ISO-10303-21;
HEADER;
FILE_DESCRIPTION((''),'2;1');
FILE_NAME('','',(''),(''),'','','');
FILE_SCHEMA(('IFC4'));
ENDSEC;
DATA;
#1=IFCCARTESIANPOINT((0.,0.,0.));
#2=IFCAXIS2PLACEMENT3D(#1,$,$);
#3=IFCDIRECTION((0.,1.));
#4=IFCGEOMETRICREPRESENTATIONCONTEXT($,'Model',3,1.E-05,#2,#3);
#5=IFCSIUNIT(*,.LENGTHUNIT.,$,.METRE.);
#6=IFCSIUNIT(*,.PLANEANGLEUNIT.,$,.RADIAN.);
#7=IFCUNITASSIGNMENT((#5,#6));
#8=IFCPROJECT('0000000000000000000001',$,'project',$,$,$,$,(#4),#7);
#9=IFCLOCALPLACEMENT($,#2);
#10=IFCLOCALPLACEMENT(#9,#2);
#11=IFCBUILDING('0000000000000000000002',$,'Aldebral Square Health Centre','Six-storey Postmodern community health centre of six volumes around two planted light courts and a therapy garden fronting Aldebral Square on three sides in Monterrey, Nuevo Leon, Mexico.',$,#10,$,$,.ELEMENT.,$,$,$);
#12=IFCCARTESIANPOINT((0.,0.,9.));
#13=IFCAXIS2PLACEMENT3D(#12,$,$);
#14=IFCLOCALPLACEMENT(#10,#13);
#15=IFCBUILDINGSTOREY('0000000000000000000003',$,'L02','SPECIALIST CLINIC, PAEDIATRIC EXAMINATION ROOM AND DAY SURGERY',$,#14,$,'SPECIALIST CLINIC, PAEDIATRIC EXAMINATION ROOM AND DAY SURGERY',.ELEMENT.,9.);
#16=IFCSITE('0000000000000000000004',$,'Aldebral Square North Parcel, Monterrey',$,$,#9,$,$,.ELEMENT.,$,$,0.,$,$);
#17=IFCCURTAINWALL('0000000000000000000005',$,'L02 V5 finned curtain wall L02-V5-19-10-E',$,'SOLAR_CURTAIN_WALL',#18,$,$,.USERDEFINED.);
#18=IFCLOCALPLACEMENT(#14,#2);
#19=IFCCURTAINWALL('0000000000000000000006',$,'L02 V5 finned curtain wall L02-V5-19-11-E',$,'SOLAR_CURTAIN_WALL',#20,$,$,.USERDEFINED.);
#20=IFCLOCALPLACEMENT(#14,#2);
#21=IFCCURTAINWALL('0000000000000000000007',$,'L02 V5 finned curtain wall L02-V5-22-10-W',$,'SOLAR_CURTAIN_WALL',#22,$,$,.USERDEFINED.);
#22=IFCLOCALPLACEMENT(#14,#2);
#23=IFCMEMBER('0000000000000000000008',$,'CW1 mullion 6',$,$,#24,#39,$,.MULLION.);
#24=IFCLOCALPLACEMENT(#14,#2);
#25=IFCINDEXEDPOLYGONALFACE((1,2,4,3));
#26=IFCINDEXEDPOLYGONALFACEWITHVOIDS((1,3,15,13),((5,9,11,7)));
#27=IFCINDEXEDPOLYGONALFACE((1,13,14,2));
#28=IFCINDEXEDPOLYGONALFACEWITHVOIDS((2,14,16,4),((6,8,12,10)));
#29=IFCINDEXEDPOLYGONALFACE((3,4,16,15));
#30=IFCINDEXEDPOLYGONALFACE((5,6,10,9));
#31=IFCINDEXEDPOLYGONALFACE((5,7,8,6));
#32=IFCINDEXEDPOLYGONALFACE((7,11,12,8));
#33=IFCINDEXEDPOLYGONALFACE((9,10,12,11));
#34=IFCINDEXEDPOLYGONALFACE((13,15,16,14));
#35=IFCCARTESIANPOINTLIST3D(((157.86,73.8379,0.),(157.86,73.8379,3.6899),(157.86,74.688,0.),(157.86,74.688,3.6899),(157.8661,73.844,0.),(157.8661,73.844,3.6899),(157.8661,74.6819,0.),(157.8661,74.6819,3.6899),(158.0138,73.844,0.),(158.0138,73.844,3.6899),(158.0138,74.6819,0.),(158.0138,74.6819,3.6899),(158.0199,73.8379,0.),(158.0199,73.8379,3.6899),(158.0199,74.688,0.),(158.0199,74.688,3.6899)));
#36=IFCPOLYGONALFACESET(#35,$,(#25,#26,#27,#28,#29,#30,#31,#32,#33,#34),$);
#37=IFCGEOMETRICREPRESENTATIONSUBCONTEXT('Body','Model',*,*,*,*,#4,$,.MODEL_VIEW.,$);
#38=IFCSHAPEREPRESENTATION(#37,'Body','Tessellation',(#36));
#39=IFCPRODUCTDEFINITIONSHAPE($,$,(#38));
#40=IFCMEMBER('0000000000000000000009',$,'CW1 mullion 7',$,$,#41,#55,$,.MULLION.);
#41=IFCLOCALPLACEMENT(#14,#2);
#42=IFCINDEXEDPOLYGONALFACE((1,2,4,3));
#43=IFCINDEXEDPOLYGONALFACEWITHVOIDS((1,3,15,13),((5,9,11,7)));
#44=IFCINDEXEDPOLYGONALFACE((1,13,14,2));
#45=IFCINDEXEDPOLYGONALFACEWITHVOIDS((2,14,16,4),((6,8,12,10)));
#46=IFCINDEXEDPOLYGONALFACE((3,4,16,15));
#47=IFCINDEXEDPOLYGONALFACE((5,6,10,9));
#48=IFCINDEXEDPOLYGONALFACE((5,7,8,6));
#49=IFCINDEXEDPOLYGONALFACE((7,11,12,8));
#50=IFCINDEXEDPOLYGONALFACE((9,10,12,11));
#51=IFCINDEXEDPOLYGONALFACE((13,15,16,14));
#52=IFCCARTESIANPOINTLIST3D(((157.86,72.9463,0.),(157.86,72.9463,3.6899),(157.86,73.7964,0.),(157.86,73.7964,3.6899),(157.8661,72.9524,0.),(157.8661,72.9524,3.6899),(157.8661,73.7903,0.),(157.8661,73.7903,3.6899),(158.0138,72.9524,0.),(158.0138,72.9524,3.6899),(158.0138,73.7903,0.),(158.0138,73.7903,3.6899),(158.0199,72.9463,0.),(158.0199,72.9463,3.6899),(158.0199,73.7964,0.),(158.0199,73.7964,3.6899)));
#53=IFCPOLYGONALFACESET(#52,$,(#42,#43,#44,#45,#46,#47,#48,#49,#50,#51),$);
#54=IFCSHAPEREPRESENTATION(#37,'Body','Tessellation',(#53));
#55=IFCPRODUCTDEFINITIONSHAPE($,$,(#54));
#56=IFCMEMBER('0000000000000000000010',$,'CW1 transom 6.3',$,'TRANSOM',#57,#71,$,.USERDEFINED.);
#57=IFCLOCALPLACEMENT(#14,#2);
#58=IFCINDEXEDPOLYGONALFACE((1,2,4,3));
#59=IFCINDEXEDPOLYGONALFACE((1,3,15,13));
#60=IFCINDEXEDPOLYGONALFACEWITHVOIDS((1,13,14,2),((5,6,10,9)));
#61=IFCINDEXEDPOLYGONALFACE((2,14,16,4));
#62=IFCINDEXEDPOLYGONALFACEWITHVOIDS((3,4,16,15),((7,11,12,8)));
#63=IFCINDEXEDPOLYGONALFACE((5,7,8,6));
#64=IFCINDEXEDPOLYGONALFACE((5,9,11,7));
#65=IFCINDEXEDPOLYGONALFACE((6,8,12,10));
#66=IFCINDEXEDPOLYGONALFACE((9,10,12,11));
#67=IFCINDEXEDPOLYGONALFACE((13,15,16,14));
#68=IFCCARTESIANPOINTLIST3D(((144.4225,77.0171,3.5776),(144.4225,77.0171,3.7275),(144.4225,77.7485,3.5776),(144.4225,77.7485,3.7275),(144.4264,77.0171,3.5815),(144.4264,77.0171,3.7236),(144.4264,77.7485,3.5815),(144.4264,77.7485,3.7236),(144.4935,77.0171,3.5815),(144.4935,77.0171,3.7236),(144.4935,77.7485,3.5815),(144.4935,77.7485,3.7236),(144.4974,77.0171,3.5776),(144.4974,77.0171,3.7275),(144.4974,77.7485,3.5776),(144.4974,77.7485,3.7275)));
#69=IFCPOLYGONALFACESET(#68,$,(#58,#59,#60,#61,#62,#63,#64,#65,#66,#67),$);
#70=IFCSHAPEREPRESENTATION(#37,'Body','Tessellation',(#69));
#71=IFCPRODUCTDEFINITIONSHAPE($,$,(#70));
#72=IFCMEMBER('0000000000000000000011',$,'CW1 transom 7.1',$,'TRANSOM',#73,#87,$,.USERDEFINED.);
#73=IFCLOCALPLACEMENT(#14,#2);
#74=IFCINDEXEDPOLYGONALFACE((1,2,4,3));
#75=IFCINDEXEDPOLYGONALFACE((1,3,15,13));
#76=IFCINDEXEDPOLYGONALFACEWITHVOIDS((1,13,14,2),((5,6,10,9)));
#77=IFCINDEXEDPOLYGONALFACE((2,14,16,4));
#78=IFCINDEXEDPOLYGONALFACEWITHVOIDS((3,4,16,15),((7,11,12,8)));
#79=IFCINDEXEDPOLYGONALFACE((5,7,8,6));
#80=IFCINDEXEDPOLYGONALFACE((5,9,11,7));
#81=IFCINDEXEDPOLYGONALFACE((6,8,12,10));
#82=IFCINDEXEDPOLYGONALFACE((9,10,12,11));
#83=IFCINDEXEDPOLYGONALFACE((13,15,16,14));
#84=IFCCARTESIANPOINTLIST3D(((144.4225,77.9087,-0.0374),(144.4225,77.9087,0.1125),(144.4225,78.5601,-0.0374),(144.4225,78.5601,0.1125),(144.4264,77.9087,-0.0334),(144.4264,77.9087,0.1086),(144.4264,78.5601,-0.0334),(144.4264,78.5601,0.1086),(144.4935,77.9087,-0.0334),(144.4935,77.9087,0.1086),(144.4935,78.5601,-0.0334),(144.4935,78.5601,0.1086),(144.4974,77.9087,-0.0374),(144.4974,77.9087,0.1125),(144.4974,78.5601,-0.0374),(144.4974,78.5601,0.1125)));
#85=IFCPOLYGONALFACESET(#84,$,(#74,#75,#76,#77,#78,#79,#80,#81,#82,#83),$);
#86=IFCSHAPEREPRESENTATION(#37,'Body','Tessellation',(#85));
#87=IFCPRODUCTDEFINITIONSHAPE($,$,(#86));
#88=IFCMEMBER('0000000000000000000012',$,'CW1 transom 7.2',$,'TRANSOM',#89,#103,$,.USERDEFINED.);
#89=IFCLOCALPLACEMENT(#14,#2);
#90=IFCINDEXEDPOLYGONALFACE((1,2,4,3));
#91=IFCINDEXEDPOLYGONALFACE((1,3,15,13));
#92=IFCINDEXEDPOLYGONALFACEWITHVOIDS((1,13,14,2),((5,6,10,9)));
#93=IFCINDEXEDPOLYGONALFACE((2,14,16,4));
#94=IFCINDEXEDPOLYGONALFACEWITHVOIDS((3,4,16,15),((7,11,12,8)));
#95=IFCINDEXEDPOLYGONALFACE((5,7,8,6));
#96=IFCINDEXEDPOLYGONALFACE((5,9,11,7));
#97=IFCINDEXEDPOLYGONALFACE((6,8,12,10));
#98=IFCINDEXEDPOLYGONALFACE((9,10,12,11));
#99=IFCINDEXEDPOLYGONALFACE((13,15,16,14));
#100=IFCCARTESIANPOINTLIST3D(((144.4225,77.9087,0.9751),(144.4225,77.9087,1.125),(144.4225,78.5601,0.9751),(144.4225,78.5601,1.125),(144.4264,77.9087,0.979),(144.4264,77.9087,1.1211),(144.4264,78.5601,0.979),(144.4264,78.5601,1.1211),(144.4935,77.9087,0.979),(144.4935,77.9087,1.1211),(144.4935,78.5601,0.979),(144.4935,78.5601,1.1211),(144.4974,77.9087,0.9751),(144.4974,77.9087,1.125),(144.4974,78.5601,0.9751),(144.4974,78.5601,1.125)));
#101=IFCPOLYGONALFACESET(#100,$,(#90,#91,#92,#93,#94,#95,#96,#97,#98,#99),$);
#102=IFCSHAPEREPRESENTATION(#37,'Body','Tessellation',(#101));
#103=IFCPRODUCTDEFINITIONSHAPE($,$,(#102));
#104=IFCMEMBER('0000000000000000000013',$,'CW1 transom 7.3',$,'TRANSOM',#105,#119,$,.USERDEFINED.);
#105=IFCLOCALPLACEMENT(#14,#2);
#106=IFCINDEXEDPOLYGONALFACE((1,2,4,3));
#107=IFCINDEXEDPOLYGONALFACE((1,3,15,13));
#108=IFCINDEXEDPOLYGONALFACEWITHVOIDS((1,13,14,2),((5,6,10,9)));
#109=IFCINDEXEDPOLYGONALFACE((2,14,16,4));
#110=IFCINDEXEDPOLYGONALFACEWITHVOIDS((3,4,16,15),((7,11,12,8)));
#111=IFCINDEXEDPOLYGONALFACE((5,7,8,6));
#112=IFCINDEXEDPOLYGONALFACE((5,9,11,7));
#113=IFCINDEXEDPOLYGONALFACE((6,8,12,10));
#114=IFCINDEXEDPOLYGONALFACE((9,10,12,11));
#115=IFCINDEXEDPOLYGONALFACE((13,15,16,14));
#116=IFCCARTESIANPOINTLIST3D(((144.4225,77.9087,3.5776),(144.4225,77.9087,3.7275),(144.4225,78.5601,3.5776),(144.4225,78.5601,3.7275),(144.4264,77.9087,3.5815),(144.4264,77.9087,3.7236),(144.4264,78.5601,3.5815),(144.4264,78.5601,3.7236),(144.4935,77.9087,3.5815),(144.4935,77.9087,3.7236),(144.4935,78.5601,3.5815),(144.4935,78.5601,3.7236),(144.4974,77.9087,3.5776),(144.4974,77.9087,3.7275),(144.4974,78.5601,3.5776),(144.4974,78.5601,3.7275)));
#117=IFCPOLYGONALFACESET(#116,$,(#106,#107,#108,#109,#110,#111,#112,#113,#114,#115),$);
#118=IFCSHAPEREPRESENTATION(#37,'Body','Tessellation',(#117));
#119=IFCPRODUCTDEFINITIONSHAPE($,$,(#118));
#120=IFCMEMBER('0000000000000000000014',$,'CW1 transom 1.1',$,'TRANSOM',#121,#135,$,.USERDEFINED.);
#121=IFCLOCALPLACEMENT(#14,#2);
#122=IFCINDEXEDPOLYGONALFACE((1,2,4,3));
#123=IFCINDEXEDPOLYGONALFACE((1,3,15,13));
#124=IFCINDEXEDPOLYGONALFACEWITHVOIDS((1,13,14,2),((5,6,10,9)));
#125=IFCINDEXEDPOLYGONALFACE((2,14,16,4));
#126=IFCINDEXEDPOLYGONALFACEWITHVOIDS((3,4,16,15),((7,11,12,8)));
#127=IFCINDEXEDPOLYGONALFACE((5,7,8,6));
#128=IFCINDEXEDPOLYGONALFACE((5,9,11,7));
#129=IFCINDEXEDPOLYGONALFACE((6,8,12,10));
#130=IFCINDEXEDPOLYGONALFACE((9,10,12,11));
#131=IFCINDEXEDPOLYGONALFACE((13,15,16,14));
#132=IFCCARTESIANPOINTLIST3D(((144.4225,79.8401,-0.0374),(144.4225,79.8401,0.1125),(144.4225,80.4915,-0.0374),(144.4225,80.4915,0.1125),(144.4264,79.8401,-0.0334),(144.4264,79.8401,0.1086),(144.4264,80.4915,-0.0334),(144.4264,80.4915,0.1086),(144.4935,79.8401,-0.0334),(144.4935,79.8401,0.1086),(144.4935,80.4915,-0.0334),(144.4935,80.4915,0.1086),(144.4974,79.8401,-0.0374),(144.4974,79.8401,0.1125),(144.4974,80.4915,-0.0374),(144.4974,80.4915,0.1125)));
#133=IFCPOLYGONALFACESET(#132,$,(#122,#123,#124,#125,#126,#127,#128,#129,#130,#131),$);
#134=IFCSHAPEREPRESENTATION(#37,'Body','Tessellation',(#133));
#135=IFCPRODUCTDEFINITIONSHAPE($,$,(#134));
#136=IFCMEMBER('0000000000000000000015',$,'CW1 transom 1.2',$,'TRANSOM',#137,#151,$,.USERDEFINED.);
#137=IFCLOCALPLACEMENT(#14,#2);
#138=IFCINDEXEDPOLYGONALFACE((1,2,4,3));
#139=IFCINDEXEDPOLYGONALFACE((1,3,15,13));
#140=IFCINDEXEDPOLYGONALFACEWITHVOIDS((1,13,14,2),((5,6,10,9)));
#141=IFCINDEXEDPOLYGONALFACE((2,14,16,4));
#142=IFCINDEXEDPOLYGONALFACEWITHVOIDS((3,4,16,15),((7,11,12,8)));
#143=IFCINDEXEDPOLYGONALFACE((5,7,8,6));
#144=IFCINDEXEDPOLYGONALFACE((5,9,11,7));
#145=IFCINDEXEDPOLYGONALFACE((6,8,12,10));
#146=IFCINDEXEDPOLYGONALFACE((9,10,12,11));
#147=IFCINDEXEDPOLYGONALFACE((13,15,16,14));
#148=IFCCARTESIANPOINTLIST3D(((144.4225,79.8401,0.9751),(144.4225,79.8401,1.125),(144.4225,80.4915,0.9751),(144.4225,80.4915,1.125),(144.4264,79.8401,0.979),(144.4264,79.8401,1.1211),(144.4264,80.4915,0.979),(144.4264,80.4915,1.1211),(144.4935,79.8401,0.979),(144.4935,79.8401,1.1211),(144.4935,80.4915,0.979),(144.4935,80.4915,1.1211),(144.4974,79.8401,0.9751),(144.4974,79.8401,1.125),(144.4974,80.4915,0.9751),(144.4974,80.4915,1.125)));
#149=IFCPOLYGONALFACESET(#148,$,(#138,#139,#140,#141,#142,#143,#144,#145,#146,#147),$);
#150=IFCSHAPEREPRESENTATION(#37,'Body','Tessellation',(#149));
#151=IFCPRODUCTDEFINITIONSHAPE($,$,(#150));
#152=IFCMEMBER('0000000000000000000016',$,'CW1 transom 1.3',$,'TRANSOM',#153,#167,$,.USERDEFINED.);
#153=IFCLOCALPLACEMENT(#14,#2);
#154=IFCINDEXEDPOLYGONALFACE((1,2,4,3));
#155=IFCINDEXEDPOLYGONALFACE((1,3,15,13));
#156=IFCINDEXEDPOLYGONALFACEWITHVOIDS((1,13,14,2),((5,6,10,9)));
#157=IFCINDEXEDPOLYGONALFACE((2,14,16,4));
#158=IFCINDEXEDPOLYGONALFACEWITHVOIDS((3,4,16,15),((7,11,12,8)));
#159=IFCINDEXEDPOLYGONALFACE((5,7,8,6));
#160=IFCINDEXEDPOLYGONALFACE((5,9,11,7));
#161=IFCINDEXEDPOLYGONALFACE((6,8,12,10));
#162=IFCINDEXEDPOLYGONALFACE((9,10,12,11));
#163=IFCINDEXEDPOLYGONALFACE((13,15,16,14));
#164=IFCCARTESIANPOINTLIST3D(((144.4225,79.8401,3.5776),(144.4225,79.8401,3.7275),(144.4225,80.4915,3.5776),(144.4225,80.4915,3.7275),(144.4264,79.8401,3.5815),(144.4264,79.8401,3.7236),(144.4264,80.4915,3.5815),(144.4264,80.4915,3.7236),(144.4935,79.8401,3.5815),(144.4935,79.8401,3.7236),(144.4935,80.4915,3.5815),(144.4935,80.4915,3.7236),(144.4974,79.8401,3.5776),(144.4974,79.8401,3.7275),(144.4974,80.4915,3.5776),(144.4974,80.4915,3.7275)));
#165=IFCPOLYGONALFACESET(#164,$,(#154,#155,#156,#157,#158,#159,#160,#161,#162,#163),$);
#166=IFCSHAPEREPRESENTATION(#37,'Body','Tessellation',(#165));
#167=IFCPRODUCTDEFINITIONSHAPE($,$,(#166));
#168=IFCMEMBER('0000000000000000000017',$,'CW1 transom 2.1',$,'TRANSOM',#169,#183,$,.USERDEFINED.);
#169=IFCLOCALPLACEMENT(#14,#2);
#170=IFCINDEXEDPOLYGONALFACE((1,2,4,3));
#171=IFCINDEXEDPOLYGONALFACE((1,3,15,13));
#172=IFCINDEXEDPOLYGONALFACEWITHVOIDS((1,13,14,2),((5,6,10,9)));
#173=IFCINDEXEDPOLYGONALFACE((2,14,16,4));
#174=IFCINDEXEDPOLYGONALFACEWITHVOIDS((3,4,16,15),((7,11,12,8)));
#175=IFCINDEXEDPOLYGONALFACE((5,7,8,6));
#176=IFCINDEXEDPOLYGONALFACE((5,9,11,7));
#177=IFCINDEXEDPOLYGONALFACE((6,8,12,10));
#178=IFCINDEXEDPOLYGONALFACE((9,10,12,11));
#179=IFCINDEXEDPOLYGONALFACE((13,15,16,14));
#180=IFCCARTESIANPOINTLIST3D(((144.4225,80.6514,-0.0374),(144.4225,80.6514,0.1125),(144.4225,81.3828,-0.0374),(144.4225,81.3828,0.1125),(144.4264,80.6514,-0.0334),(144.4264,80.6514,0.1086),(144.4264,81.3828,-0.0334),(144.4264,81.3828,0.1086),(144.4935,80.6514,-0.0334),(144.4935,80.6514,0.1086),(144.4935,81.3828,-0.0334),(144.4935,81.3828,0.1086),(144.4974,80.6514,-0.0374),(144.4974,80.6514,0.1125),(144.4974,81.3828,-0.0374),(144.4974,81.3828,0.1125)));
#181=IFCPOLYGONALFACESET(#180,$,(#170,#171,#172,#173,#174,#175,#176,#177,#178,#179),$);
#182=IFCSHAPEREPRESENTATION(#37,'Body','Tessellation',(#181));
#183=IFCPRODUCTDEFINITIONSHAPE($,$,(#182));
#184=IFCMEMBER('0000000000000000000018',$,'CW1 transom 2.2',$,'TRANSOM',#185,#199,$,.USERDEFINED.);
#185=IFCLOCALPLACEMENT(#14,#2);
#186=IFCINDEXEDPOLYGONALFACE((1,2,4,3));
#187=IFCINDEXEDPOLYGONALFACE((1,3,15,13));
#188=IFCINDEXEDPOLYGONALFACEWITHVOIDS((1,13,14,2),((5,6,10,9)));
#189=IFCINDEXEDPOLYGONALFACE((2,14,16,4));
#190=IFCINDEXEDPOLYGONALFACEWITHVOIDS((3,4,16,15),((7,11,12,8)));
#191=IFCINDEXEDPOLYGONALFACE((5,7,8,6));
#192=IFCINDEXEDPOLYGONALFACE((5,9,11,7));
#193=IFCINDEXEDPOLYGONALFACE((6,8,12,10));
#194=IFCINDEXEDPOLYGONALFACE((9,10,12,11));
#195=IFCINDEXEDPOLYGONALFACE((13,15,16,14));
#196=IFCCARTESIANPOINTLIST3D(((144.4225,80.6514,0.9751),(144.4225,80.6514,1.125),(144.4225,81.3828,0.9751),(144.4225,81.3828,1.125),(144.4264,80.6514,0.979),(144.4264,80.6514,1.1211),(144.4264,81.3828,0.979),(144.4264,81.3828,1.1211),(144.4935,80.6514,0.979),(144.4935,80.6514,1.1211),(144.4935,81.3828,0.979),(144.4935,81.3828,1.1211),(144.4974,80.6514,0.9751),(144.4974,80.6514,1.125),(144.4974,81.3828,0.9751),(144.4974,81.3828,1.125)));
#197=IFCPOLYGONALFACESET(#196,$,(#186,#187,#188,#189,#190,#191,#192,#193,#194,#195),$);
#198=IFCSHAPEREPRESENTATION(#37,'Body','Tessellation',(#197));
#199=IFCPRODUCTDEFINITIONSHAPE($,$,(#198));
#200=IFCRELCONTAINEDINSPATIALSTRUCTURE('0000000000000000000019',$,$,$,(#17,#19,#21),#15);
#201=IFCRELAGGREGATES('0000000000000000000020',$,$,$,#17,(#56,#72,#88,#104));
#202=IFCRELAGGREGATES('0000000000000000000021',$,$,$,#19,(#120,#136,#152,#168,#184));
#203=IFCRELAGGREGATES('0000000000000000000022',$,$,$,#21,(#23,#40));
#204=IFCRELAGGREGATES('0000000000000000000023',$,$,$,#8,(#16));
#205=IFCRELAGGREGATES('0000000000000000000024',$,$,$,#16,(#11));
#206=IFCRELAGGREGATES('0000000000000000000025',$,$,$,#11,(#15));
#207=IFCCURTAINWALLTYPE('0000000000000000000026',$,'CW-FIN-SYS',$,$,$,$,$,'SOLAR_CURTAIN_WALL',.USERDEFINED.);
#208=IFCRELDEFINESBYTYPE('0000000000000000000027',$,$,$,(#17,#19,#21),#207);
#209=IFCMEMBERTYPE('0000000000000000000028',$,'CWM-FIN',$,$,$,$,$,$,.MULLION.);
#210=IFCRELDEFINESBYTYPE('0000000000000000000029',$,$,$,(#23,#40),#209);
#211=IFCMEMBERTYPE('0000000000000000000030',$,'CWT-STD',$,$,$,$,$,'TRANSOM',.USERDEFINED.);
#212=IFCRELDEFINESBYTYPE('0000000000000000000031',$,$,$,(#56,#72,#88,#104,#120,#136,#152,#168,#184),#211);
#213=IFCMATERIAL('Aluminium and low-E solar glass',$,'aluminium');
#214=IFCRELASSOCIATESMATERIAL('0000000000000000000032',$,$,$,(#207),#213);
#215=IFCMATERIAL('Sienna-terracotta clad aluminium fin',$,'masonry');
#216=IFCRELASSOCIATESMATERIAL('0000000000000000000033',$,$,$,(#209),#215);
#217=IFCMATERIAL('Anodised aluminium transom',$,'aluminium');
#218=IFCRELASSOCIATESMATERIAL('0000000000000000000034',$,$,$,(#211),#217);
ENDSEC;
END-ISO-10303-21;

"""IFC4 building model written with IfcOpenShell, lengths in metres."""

from ifc_helpers import new_model, si_unit, direction, frame, origin, origin_2d, place, context, subcontext, project, spatial, hollow_rectangle, extrude, material, material_profile, profile_set, type_object, element, aggregate, save


model = new_model("IFC4")

# Units and contexts
model_context = context("Model", 3, precision=1e-05, world=origin(), true_north=direction((0.0, 1.0)))
body_context = subcontext(model_context, "Body", "Model", "MODEL_VIEW")
ifc_project = project(units=[si_unit("LENGTHUNIT", "METRE"), si_unit("PLANEANGLEUNIT", "RADIAN")], contexts=[model_context])

# Site, building, storey
site_placement = place(None, origin())
site = spatial("IfcSite", under=ifc_project, at=site_placement, Name="Aldebral Square North Parcel, Monterrey", CompositionType="ELEMENT", RefElevation=0.0)
building_placement = place(site_placement, origin())
building = spatial("IfcBuilding", under=site, at=building_placement, Name="Aldebral Square Health Centre", Description="Six-storey Postmodern community health centre of six volumes around two planted light courts and a therapy garden fronting Aldebral Square on three sides in Monterrey, Nuevo Leon, Mexico.", CompositionType="ELEMENT")
storey_placement = place(building_placement, frame((0.0, 0.0, 9.0)))
storey = spatial("IfcBuildingStorey", under=building, at=storey_placement, Name="L02", Description="SPECIALIST CLINIC, PAEDIATRIC EXAMINATION ROOM AND DAY SURGERY", LongName="SPECIALIST CLINIC, PAEDIATRIC EXAMINATION ROOM AND DAY SURGERY", CompositionType="ELEMENT", Elevation=9.0)

# Curtain walls, members
ifc_material_1 = material(Name="Aluminium and low-E solar glass", Category="aluminium")
curtain_wall_type = type_object("IfcCurtainWallType", Name="CW-FIN-SYS", ElementType="SOLAR_CURTAIN_WALL", PredefinedType="USERDEFINED", material=ifc_material_1)
curtain_wall_1_placement = place(storey_placement, origin())
curtain_wall_1 = element("IfcCurtainWall", 1, at=curtain_wall_1_placement, inside=storey, type_object=curtain_wall_type, Name="L02 V5 finned curtain wall L02-V5-19-10-E", ObjectType="SOLAR_CURTAIN_WALL", PredefinedType="USERDEFINED")
ifc_material_2 = material(Name="Sienna-terracotta clad aluminium fin", Category="masonry")
ifc_material_profile_1 = material_profile(ifc_material_2, hollow_rectangle(XDim=0.1599, YDim=0.8501, WallThickness=0.0061, at=origin_2d()), Name="FIN 160x850x6")
ifc_profile_set_1 = profile_set([ifc_material_profile_1], Name="Sienna-terracotta clad aluminium fin")
member_type_1 = type_object("IfcMemberType", Name="CWM-FIN", PredefinedType="MULLION", material=ifc_profile_set_1)
curtain_wall_2_placement = place(storey_placement, origin())
curtain_wall_2 = element("IfcCurtainWall", 2, at=curtain_wall_2_placement, inside=storey, type_object=curtain_wall_type, Name="L02 V5 finned curtain wall L02-V5-19-11-E", ObjectType="SOLAR_CURTAIN_WALL", PredefinedType="USERDEFINED")
curtain_wall_3_placement = place(storey_placement, origin())
curtain_wall_3 = element("IfcCurtainWall", 3, at=curtain_wall_3_placement, inside=storey, type_object=curtain_wall_type, Name="L02 V5 finned curtain wall L02-V5-22-10-W", ObjectType="SOLAR_CURTAIN_WALL", PredefinedType="USERDEFINED")
member_1_placement = place(storey_placement, frame((157.9399, 74.2629, 0.0), z_axis=(0.0, 0.0, 1.0), x_axis=(1.0, 0.0, 0.0)))
member_1 = element("IfcMember", 4, at=member_1_placement, type_object=member_type_1, Name="CW1 mullion 6", PredefinedType="MULLION", context=body_context, shape_type="SweptSolid", body=[
    extrude(hollow_rectangle(XDim=0.1599, YDim=0.8501, WallThickness=0.0061, at=origin_2d()), origin(), (0.0, 0.0, 1.0), 3.6899),
])
member_2_placement = place(storey_placement, frame((157.9399, 73.3713, 0.0), z_axis=(0.0, 0.0, 1.0), x_axis=(1.0, 0.0, 0.0)))
member_2 = element("IfcMember", 5, at=member_2_placement, type_object=member_type_1, Name="CW1 mullion 7", PredefinedType="MULLION", context=body_context, shape_type="SweptSolid", body=[
    extrude(hollow_rectangle(XDim=0.1599, YDim=0.8501, WallThickness=0.0061, at=origin_2d()), origin(), (0.0, 0.0, 1.0), 3.6899),
])

# Members
ifc_material_3 = material(Name="Anodised aluminium transom", Category="aluminium")
ifc_material_profile_2 = material_profile(ifc_material_3, hollow_rectangle(XDim=0.075, YDim=0.1499, WallThickness=0.0039, at=origin_2d()), Name="CWT 75x150x4")
ifc_profile_set_2 = profile_set([ifc_material_profile_2], Name="Anodised aluminium transom")
member_type_2 = type_object("IfcMemberType", Name="CWT-STD", ElementType="TRANSOM", PredefinedType="USERDEFINED", material=ifc_profile_set_2)
member_3_placement = place(storey_placement, frame((144.46, 77.0171, 3.6526), z_axis=(0.0, 1.0, 0.0), x_axis=(-1.0, 0.0, 0.0)))
member_3 = element("IfcMember", 6, at=member_3_placement, type_object=member_type_2, Name="CW1 transom 6.3", ObjectType="TRANSOM", PredefinedType="USERDEFINED", context=body_context, shape_type="SweptSolid", body=[
    extrude(hollow_rectangle(XDim=0.075, YDim=0.1499, WallThickness=0.0039, at=origin_2d()), origin(), (0.0, 0.0, 1.0), 0.7314),
])
member_4_placement = place(storey_placement, frame((144.46, 77.9087, 0.0376), z_axis=(0.0, 1.0, 0.0), x_axis=(-1.0, 0.0, 0.0)))
member_4 = element("IfcMember", 7, at=member_4_placement, type_object=member_type_2, Name="CW1 transom 7.1", ObjectType="TRANSOM", PredefinedType="USERDEFINED", context=body_context, shape_type="SweptSolid", body=[
    extrude(hollow_rectangle(XDim=0.075, YDim=0.1499, WallThickness=0.0039, at=origin_2d()), origin(), (0.0, 0.0, 1.0), 0.6514),
])
member_5_placement = place(storey_placement, frame((144.46, 77.9087, 1.05), z_axis=(0.0, 1.0, 0.0), x_axis=(-1.0, 0.0, 0.0)))
member_5 = element("IfcMember", 8, at=member_5_placement, type_object=member_type_2, Name="CW1 transom 7.2", ObjectType="TRANSOM", PredefinedType="USERDEFINED", context=body_context, shape_type="SweptSolid", body=[
    extrude(hollow_rectangle(XDim=0.075, YDim=0.1499, WallThickness=0.0039, at=origin_2d()), origin(), (0.0, 0.0, 1.0), 0.6514),
])
member_6_placement = place(storey_placement, frame((144.46, 77.9087, 3.6526), z_axis=(0.0, 1.0, 0.0), x_axis=(-1.0, 0.0, 0.0)))
member_6 = element("IfcMember", 9, at=member_6_placement, type_object=member_type_2, Name="CW1 transom 7.3", ObjectType="TRANSOM", PredefinedType="USERDEFINED", context=body_context, shape_type="SweptSolid", body=[
    extrude(hollow_rectangle(XDim=0.075, YDim=0.1499, WallThickness=0.0039, at=origin_2d()), origin(), (0.0, 0.0, 1.0), 0.6514),
])
member_7_placement = place(storey_placement, frame((144.46, 79.8401, 0.0376), z_axis=(0.0, 1.0, 0.0), x_axis=(-1.0, 0.0, 0.0)))
member_7 = element("IfcMember", 10, at=member_7_placement, type_object=member_type_2, Name="CW1 transom 1.1", ObjectType="TRANSOM", PredefinedType="USERDEFINED", context=body_context, shape_type="SweptSolid", body=[
    extrude(hollow_rectangle(XDim=0.075, YDim=0.1499, WallThickness=0.0039, at=origin_2d()), origin(), (0.0, 0.0, 1.0), 0.6514),
])
member_8_placement = place(storey_placement, frame((144.46, 79.8401, 1.05), z_axis=(0.0, 1.0, 0.0), x_axis=(-1.0, 0.0, 0.0)))
member_8 = element("IfcMember", 11, at=member_8_placement, type_object=member_type_2, Name="CW1 transom 1.2", ObjectType="TRANSOM", PredefinedType="USERDEFINED", context=body_context, shape_type="SweptSolid", body=[
    extrude(hollow_rectangle(XDim=0.075, YDim=0.1499, WallThickness=0.0039, at=origin_2d()), origin(), (0.0, 0.0, 1.0), 0.6514),
])
member_9_placement = place(storey_placement, frame((144.46, 79.8401, 3.6526), z_axis=(0.0, 1.0, 0.0), x_axis=(-1.0, 0.0, 0.0)))
member_9 = element("IfcMember", 12, at=member_9_placement, type_object=member_type_2, Name="CW1 transom 1.3", ObjectType="TRANSOM", PredefinedType="USERDEFINED", context=body_context, shape_type="SweptSolid", body=[
    extrude(hollow_rectangle(XDim=0.075, YDim=0.1499, WallThickness=0.0039, at=origin_2d()), origin(), (0.0, 0.0, 1.0), 0.6514),
])
member_10_placement = place(storey_placement, frame((144.46, 80.6514, 0.0376), z_axis=(0.0, 1.0, 0.0), x_axis=(-1.0, 0.0, 0.0)))
member_10 = element("IfcMember", 13, at=member_10_placement, type_object=member_type_2, Name="CW1 transom 2.1", ObjectType="TRANSOM", PredefinedType="USERDEFINED", context=body_context, shape_type="SweptSolid", body=[
    extrude(hollow_rectangle(XDim=0.075, YDim=0.1499, WallThickness=0.0039, at=origin_2d()), origin(), (0.0, 0.0, 1.0), 0.7314),
])
member_11_placement = place(storey_placement, frame((144.46, 80.6514, 1.05), z_axis=(0.0, 1.0, 0.0), x_axis=(-1.0, 0.0, 0.0)))
member_11 = element("IfcMember", 14, at=member_11_placement, type_object=member_type_2, Name="CW1 transom 2.2", ObjectType="TRANSOM", PredefinedType="USERDEFINED", context=body_context, shape_type="SweptSolid", body=[
    extrude(hollow_rectangle(XDim=0.075, YDim=0.1499, WallThickness=0.0039, at=origin_2d()), origin(), (0.0, 0.0, 1.0), 0.7314),
])

aggregate(curtain_wall_1, [member_3, member_4, member_5, member_6])
aggregate(curtain_wall_2, [member_7, member_8, member_9, member_10, member_11])
aggregate(curtain_wall_3, [member_1, member_2])

save(model, "model.ifc")
